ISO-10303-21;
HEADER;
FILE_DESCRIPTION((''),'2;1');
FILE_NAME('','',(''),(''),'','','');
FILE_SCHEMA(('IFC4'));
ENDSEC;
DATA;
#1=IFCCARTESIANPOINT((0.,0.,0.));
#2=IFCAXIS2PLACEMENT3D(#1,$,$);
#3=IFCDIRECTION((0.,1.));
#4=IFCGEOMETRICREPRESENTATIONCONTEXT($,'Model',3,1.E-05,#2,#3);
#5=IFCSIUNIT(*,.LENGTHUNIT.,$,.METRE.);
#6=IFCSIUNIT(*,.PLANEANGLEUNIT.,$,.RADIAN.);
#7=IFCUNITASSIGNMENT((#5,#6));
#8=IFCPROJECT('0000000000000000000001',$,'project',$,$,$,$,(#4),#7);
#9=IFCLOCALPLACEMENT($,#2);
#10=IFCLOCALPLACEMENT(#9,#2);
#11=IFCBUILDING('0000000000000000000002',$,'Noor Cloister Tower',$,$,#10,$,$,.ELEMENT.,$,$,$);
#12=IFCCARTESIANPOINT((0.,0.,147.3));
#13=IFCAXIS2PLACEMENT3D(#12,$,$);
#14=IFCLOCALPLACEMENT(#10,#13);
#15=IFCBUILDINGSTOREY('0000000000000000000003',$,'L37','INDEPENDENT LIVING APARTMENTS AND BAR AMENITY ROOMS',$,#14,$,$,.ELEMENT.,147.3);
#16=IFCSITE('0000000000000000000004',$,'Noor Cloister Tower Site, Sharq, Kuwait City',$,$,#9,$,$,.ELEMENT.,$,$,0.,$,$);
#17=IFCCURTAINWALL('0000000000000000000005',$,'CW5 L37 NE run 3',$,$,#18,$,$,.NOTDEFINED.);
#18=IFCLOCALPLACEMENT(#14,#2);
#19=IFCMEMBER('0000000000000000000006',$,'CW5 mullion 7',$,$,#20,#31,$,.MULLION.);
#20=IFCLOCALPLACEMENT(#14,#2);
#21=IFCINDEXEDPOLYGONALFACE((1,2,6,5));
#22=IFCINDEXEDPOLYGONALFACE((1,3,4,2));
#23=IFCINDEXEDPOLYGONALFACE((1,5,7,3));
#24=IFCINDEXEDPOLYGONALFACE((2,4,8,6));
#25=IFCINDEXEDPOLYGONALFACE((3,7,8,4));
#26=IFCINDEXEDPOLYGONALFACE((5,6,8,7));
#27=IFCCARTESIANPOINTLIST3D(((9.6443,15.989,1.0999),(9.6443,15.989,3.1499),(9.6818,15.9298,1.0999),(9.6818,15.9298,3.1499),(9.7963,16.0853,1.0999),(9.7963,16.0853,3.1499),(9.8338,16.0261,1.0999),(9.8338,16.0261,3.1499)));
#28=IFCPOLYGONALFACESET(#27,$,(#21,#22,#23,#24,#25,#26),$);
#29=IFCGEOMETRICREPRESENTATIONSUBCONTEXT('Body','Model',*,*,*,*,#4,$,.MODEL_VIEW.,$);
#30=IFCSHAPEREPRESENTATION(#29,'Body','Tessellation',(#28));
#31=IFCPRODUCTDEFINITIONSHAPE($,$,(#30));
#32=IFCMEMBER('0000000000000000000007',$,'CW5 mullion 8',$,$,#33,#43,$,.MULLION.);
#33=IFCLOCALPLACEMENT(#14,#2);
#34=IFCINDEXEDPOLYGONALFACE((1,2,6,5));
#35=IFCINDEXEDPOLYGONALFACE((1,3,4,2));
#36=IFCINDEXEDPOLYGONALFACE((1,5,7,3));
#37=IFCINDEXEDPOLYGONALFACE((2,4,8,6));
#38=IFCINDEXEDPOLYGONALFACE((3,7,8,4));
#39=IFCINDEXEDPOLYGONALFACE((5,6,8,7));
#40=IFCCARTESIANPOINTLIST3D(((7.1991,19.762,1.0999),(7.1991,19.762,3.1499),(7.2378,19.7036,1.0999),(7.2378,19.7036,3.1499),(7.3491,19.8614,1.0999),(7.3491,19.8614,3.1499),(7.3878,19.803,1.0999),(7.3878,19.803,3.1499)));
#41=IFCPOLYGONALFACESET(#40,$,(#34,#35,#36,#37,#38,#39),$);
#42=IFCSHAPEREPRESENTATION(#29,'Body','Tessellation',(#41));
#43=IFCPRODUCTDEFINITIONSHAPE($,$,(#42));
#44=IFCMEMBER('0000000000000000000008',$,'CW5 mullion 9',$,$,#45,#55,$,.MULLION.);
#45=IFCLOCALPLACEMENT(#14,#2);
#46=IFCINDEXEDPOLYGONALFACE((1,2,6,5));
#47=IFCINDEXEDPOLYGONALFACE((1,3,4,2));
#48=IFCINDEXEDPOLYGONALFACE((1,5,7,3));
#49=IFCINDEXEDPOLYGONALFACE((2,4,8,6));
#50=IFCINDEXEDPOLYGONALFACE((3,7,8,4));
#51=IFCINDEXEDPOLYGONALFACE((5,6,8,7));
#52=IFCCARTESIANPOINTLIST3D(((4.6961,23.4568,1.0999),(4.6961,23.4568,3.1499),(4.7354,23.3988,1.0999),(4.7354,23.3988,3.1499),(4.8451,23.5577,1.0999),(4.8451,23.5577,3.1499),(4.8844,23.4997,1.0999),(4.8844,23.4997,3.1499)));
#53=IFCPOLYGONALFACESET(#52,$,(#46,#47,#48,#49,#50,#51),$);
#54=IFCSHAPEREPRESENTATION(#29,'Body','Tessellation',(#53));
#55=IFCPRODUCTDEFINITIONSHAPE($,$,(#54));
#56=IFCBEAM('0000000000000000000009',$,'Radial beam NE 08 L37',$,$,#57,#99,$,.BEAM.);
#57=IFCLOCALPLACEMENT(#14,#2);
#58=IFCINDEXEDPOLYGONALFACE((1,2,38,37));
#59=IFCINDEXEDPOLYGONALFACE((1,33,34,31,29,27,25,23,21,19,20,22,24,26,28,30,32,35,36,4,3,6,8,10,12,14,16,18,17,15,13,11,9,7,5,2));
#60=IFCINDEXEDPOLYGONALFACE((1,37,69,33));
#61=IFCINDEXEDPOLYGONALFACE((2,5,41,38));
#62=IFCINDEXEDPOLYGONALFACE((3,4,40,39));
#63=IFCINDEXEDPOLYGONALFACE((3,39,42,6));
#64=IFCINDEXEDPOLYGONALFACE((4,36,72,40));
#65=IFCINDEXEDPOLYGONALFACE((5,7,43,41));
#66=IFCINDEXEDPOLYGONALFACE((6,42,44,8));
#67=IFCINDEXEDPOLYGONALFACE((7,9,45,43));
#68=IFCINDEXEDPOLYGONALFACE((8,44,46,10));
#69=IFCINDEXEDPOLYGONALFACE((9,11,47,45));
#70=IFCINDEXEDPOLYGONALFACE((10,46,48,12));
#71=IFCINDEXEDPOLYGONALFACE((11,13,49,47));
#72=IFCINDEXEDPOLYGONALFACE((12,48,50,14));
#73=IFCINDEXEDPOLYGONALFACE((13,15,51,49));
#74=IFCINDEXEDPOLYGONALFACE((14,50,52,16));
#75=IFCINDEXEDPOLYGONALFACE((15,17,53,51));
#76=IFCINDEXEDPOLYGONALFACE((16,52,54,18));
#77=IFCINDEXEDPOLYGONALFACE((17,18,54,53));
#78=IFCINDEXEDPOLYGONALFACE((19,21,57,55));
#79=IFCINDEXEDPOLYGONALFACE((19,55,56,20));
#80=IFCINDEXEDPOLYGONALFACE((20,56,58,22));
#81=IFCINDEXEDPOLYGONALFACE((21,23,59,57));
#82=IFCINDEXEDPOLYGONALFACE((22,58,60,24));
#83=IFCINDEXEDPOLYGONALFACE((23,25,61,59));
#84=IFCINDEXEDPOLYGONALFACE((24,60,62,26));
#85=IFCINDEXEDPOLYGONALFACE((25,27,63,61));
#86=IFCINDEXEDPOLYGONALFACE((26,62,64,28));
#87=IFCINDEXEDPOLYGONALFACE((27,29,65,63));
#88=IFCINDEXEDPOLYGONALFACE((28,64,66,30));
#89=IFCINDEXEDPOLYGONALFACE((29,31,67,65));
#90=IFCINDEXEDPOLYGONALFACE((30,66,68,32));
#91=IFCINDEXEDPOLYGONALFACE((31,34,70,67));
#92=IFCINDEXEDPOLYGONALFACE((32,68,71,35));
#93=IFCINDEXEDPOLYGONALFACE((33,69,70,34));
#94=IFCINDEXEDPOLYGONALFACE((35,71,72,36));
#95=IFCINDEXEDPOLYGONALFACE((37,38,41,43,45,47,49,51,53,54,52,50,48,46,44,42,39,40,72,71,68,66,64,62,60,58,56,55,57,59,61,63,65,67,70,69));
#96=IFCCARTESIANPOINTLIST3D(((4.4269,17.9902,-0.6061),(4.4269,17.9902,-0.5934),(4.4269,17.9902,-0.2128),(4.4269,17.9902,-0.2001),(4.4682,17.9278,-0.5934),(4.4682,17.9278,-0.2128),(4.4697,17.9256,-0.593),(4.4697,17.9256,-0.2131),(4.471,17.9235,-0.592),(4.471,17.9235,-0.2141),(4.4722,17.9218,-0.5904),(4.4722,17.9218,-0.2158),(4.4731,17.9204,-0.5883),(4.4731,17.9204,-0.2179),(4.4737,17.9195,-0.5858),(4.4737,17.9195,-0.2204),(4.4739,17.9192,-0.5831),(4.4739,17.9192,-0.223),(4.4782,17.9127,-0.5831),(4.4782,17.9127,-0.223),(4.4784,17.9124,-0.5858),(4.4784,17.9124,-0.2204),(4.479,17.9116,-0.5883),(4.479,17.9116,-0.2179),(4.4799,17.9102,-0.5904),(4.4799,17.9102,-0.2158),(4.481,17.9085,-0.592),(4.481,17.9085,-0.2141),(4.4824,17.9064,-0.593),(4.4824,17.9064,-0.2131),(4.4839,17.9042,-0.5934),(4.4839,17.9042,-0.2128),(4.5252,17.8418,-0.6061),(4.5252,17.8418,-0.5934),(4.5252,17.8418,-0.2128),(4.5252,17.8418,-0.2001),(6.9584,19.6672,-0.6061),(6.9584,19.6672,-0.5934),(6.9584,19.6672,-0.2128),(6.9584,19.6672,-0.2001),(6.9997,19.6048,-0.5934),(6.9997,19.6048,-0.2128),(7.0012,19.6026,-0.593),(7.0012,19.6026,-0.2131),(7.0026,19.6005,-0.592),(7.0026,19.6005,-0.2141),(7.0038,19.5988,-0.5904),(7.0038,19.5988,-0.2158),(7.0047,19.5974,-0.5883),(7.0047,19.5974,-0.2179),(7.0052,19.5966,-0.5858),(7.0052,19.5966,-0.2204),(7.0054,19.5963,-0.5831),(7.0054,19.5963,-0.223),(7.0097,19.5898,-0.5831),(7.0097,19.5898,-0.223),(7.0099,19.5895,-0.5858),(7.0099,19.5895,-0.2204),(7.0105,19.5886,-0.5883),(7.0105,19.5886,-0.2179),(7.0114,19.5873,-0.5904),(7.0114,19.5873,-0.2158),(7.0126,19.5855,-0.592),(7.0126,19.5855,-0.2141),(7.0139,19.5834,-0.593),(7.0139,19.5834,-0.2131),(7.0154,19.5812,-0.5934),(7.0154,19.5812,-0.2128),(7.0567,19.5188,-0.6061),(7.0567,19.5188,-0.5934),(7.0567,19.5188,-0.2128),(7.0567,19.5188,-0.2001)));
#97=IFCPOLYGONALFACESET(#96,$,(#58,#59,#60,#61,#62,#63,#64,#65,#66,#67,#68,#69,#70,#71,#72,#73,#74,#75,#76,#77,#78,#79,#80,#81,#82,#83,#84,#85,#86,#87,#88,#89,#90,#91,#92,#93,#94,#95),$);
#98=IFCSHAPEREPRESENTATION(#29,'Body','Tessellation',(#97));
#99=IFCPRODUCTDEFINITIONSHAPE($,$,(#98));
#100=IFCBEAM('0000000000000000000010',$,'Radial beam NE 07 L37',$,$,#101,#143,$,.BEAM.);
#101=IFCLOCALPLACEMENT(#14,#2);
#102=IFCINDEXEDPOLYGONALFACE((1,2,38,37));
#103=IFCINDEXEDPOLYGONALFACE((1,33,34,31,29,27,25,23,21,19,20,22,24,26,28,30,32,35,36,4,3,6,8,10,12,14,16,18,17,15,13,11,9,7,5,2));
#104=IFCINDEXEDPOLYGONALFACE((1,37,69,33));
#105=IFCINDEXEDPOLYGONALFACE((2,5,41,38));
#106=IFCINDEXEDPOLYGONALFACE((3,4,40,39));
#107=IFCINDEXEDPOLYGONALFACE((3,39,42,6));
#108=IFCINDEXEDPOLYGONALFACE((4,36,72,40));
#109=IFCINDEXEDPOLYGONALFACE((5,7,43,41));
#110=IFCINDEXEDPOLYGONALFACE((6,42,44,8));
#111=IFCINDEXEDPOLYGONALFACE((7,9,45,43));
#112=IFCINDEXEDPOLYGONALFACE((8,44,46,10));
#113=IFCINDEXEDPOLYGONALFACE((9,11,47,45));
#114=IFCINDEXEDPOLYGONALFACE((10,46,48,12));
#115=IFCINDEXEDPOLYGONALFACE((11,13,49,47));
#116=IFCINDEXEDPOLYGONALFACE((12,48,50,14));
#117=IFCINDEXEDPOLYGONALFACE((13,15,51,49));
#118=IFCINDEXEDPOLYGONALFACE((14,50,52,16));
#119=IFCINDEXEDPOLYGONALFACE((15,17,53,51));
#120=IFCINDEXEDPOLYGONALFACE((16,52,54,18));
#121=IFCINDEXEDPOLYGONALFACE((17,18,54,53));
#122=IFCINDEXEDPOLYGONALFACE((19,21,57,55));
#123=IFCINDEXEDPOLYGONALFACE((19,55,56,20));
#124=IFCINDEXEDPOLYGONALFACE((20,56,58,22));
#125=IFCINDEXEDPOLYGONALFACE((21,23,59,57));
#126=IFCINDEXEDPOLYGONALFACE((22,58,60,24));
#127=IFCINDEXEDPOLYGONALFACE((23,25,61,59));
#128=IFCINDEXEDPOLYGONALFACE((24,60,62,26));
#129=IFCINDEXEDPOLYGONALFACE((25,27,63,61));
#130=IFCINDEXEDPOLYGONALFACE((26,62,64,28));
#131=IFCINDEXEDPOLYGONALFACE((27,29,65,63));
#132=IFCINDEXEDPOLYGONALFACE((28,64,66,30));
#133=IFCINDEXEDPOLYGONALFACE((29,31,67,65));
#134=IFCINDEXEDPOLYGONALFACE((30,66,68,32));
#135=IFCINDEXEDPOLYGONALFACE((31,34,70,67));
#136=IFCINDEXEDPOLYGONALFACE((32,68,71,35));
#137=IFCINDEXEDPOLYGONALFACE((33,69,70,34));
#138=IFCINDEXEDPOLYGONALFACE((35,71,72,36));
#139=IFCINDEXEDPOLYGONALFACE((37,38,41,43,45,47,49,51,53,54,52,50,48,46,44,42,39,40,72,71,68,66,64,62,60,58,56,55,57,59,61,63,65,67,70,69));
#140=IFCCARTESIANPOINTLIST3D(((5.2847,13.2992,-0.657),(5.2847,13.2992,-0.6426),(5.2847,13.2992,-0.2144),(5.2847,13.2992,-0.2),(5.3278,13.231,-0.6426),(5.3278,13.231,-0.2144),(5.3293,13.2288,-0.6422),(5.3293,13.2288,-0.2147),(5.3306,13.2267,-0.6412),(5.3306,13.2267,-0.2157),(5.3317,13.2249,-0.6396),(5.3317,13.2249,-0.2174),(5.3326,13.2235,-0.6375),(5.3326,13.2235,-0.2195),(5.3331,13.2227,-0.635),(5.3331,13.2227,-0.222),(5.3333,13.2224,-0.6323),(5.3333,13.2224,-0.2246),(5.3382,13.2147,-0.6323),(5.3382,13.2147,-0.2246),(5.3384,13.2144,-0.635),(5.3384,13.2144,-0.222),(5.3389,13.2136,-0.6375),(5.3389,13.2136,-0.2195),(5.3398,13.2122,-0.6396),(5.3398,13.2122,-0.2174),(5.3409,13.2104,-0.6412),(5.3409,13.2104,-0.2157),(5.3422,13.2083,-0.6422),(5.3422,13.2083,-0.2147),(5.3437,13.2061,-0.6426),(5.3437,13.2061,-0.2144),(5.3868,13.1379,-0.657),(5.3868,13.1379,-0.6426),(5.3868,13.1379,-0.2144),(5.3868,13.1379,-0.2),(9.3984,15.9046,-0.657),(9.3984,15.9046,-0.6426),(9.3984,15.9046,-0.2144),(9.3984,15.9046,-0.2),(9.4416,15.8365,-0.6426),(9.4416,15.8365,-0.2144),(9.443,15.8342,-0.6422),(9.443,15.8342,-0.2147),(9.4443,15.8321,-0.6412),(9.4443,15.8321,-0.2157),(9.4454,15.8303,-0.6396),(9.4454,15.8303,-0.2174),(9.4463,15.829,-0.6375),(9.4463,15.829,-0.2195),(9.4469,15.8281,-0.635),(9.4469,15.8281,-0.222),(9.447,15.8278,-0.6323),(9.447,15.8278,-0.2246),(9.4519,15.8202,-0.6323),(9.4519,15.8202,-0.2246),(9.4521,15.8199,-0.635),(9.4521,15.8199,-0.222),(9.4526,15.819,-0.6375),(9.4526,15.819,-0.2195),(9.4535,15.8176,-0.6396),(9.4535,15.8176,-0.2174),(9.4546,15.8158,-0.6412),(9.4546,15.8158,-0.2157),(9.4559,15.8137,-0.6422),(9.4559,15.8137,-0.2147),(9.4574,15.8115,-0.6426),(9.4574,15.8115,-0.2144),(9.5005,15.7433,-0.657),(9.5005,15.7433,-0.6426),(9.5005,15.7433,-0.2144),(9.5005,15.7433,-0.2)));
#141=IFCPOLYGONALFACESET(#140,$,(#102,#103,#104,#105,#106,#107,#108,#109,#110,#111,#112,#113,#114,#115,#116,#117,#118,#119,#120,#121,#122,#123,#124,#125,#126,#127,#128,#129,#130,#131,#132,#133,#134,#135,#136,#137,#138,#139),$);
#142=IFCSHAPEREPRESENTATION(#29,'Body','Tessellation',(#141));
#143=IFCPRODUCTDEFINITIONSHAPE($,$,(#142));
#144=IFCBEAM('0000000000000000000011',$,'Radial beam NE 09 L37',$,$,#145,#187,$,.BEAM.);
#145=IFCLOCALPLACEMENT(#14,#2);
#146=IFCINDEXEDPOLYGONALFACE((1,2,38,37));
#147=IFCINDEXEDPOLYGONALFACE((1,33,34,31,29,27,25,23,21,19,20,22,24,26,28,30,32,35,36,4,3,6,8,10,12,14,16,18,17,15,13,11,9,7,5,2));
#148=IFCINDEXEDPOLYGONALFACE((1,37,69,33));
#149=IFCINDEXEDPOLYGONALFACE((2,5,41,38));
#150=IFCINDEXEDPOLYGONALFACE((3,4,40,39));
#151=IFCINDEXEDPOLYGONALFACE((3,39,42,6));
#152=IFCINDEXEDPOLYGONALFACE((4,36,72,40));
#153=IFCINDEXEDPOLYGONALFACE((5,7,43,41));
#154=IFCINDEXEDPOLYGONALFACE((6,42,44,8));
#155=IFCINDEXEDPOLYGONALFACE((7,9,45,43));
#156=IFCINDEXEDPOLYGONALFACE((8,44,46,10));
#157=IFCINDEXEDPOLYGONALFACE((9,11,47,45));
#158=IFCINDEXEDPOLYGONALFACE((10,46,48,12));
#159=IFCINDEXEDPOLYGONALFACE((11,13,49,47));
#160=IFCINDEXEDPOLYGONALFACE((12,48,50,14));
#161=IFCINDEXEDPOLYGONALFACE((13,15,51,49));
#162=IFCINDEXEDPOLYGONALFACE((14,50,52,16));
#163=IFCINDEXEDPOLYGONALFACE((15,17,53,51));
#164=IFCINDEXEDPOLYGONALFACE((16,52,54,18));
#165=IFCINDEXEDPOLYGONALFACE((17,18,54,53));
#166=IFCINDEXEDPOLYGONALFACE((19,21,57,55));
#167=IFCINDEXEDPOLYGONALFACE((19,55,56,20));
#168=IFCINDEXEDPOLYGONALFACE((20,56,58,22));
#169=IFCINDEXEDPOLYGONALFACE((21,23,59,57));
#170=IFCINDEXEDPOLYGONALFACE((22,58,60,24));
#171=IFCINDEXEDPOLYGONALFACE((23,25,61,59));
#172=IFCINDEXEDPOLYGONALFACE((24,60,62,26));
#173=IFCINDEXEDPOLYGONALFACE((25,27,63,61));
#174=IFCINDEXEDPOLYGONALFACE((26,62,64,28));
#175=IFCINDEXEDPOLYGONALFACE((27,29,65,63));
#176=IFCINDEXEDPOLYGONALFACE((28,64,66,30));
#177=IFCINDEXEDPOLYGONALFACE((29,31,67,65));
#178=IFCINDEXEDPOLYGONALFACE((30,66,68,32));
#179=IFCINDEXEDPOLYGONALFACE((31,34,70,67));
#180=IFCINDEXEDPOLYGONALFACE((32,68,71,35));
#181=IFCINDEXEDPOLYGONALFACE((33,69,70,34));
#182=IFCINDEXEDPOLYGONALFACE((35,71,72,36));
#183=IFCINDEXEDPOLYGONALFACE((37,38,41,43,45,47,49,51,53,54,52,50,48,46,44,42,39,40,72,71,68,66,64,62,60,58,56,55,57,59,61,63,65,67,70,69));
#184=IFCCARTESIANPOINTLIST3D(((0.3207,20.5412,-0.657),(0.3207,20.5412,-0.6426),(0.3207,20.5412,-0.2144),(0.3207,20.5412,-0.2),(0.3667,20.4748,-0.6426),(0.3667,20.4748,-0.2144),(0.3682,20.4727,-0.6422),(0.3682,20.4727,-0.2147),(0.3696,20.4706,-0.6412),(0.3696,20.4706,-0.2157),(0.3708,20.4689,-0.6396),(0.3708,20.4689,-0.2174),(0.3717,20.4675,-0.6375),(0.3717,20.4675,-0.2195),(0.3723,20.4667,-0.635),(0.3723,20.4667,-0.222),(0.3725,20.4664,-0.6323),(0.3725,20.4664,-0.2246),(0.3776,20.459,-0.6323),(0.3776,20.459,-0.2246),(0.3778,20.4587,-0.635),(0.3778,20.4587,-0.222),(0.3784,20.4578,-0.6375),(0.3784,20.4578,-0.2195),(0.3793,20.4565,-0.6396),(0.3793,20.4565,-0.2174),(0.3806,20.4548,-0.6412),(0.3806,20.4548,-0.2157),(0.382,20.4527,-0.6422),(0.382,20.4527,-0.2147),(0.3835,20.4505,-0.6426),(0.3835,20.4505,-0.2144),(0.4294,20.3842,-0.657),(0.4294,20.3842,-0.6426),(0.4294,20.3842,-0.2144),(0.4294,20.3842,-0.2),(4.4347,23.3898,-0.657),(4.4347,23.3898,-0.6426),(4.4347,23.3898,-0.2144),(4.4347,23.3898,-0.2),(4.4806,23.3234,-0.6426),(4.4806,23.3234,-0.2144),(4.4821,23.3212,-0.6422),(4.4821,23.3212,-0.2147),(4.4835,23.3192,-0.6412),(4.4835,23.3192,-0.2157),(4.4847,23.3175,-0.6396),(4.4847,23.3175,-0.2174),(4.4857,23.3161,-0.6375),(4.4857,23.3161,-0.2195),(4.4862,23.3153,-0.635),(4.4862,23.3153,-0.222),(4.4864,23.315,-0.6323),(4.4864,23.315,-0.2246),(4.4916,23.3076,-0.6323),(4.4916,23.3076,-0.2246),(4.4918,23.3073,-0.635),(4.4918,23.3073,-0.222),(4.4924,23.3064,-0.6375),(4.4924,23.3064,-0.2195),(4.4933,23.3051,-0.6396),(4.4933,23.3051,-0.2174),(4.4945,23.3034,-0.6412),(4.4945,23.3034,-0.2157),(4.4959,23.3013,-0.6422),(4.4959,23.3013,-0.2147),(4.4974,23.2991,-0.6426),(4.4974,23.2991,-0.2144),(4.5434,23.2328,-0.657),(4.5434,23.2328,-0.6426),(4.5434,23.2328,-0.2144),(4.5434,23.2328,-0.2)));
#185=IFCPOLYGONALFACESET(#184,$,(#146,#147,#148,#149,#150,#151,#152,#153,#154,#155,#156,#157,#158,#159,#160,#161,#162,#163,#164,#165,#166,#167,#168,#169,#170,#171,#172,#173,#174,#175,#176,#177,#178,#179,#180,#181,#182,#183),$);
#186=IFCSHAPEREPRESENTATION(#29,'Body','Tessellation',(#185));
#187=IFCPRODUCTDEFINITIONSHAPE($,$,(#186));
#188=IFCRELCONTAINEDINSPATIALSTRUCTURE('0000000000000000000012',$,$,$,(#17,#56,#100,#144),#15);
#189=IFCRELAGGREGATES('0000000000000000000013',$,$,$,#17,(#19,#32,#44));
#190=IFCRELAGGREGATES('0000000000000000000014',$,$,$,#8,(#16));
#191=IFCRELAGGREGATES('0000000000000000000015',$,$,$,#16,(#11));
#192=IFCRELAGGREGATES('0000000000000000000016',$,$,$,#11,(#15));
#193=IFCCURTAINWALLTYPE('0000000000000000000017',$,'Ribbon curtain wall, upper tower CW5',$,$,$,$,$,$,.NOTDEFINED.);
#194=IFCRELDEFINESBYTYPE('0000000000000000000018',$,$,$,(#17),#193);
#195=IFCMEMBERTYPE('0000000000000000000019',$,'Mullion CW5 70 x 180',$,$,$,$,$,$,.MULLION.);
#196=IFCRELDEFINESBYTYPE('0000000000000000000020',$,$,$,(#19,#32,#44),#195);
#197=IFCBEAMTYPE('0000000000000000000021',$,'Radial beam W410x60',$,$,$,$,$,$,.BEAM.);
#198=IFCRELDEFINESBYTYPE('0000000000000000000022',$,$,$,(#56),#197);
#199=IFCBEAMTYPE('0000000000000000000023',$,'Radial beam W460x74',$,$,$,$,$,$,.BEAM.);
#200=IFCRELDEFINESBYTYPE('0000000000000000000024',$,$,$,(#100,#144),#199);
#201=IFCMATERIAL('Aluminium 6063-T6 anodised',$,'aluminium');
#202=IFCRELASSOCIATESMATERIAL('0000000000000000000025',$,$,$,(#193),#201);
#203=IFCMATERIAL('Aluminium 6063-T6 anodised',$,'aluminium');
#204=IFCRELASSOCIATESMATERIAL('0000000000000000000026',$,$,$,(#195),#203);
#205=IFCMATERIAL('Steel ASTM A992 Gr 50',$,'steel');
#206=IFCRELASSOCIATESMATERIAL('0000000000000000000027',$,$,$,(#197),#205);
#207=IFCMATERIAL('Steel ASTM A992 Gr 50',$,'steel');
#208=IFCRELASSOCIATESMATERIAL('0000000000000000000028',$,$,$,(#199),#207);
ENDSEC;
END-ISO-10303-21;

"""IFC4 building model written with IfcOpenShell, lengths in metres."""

from ifc_helpers import new_model, si_unit, direction, frame, origin, origin_2d, place, context, subcontext, project, spatial, rectangle, i_section, extrude, material, material_profile, profile_set, type_object, element, aggregate, save


model = new_model("IFC4")

# Units and contexts
model_context = context("Model", 3, precision=1e-05, world=origin(), true_north=direction((0.0, 1.0)))
body_context = subcontext(model_context, "Body", "Model", "MODEL_VIEW")
ifc_project = project(units=[si_unit("LENGTHUNIT", "METRE"), si_unit("PLANEANGLEUNIT", "RADIAN")], contexts=[model_context])

# Site, building, storey
site_placement = place(None, origin())
site = spatial("IfcSite", under=ifc_project, at=site_placement, Name="Noor Cloister Tower Site, Sharq, Kuwait City", CompositionType="ELEMENT", RefElevation=0.0)
building_placement = place(site_placement, origin())
building = spatial("IfcBuilding", under=site, at=building_placement, Name="Noor Cloister Tower", CompositionType="ELEMENT")
storey_placement = place(building_placement, frame((0.0, 0.0, 147.3)))
storey = spatial("IfcBuildingStorey", under=building, at=storey_placement, Name="L37", Description="INDEPENDENT LIVING APARTMENTS AND BAR AMENITY ROOMS", CompositionType="ELEMENT", Elevation=147.3)

# Curtain wall, members
ifc_material_1 = material(Name="Aluminium 6063-T6 anodised", Category="aluminium")
curtain_wall_type = type_object("IfcCurtainWallType", Name="Ribbon curtain wall, upper tower CW5", PredefinedType="NOTDEFINED", material=ifc_material_1)
curtain_wall_placement = place(storey_placement, origin())
curtain_wall = element("IfcCurtainWall", 1, at=curtain_wall_placement, inside=storey, type_object=curtain_wall_type, Name="CW5 L37 NE run 3", PredefinedType="NOTDEFINED")
ifc_material_2 = material(Name="Aluminium 6063-T6 anodised", Category="aluminium")
ifc_material_profile_1 = material_profile(ifc_material_2, rectangle(XDim=0.1799, YDim=0.0701, at=origin_2d()), Name="180 x 70 mullion")
ifc_profile_set_1 = profile_set([ifc_material_profile_1], Name="Aluminium 6063-T6 anodised")
member_type = type_object("IfcMemberType", Name="Mullion CW5 70 x 180", PredefinedType="MULLION", material=ifc_profile_set_1)
member_1_placement = place(storey_placement, frame((9.739, 16.0076, 1.0999), z_axis=(0.0, 0.0, 1.0), x_axis=(-0.8448, -0.535083, 0.0)))
member_1 = element("IfcMember", 2, at=member_1_placement, type_object=member_type, Name="CW5 mullion 7", PredefinedType="MULLION", context=body_context, shape_type="SweptSolid", body=[
    extrude(rectangle(XDim=0.1799, YDim=0.0701, at=origin_2d()), origin(), (0.0, 0.0, 1.0), 2.05),
])
member_2_placement = place(storey_placement, frame((7.2935, 19.7825, 1.0999), z_axis=(0.0, 0.0, 1.0), x_axis=(-0.833652, -0.55229, 0.0)))
member_2 = element("IfcMember", 3, at=member_2_placement, type_object=member_type, Name="CW5 mullion 8", PredefinedType="MULLION", context=body_context, shape_type="SweptSolid", body=[
    extrude(rectangle(XDim=0.1799, YDim=0.0701, at=origin_2d()), origin(), (0.0, 0.0, 1.0), 2.05),
])
member_3_placement = place(storey_placement, frame((4.7903, 23.4783, 1.0999), z_axis=(0.0, 0.0, 1.0), x_axis=(-0.827946, -0.560807, 0.0)))
member_3 = element("IfcMember", 4, at=member_3_placement, type_object=member_type, Name="CW5 mullion 9", PredefinedType="MULLION", context=body_context, shape_type="SweptSolid", body=[
    extrude(rectangle(XDim=0.1799, YDim=0.0701, at=origin_2d()), origin(), (0.0, 0.0, 1.0), 2.05),
])

# Beams
ifc_material_3 = material(Name="Steel ASTM A992 Gr 50", Category="steel")
ifc_material_profile_2 = material_profile(ifc_material_3, i_section(OverallWidth=0.178, OverallDepth=0.406, WebThickness=0.0078, FlangeThickness=0.0127, FilletRadius=0.0103, at=origin_2d()), Name="W410x60")
ifc_profile_set_2 = profile_set([ifc_material_profile_2], Name="Steel ASTM A992 Gr 50")
beam_type_1 = type_object("IfcBeamType", Name="Radial beam W410x60", PredefinedType="BEAM", material=ifc_profile_set_2)
beam_1_placement = place(storey_placement, frame((7.0076, 19.593, -0.4031), z_axis=(-0.833667, -0.552267, 0.0), x_axis=(0.552267, -0.833667, 0.0)))
element("IfcBeam", 5, at=beam_1_placement, inside=storey, type_object=beam_type_1, Name="Radial beam NE 08 L37", PredefinedType="BEAM", context=body_context, shape_type="SweptSolid", body=[
    extrude(i_section(OverallWidth=0.178, OverallDepth=0.406, WebThickness=0.0078, FlangeThickness=0.0127, FilletRadius=0.0103, at=origin_2d()), origin(), (0.0, 0.0, 1.0), 3.0366),
])
ifc_material_4 = material(Name="Steel ASTM A992 Gr 50", Category="steel")
ifc_material_profile_3 = material_profile(ifc_material_4, i_section(OverallWidth=0.1909, OverallDepth=0.457, WebThickness=0.009, FlangeThickness=0.0144, FilletRadius=0.0103, at=origin_2d()), Name="W460x74")
ifc_profile_set_3 = profile_set([ifc_material_profile_3], Name="Steel ASTM A992 Gr 50")
beam_type_2 = type_object("IfcBeamType", Name="Radial beam W460x74", PredefinedType="BEAM", material=ifc_profile_set_3)
beam_2_placement = place(storey_placement, frame((9.4495, 15.824, -0.4285), z_axis=(-0.844812, -0.535064, 0.0), x_axis=(0.535064, -0.844812, 0.0)))
element("IfcBeam", 6, at=beam_2_placement, inside=storey, type_object=beam_type_2, Name="Radial beam NE 07 L37", PredefinedType="BEAM", context=body_context, shape_type="SweptSolid", body=[
    extrude(i_section(OverallWidth=0.1909, OverallDepth=0.457, WebThickness=0.009, FlangeThickness=0.0144, FilletRadius=0.0103, at=origin_2d()), origin(), (0.0, 0.0, 1.0), 4.8694),
])
beam_3_placement = place(storey_placement, frame((4.489, 23.3113, -0.4285), z_axis=(-0.822148, -0.569273, 0.0), x_axis=(0.569273, -0.822148, 0.0)))
element("IfcBeam", 7, at=beam_3_placement, inside=storey, type_object=beam_type_2, Name="Radial beam NE 09 L37", PredefinedType="BEAM", context=body_context, shape_type="SweptSolid", body=[
    extrude(i_section(OverallWidth=0.1909, OverallDepth=0.457, WebThickness=0.009, FlangeThickness=0.0144, FilletRadius=0.0103, at=origin_2d()), origin(), (0.0, 0.0, 1.0), 5.0039),
])

aggregate(curtain_wall, [member_1, member_2, member_3])

save(model, "model.ifc")
